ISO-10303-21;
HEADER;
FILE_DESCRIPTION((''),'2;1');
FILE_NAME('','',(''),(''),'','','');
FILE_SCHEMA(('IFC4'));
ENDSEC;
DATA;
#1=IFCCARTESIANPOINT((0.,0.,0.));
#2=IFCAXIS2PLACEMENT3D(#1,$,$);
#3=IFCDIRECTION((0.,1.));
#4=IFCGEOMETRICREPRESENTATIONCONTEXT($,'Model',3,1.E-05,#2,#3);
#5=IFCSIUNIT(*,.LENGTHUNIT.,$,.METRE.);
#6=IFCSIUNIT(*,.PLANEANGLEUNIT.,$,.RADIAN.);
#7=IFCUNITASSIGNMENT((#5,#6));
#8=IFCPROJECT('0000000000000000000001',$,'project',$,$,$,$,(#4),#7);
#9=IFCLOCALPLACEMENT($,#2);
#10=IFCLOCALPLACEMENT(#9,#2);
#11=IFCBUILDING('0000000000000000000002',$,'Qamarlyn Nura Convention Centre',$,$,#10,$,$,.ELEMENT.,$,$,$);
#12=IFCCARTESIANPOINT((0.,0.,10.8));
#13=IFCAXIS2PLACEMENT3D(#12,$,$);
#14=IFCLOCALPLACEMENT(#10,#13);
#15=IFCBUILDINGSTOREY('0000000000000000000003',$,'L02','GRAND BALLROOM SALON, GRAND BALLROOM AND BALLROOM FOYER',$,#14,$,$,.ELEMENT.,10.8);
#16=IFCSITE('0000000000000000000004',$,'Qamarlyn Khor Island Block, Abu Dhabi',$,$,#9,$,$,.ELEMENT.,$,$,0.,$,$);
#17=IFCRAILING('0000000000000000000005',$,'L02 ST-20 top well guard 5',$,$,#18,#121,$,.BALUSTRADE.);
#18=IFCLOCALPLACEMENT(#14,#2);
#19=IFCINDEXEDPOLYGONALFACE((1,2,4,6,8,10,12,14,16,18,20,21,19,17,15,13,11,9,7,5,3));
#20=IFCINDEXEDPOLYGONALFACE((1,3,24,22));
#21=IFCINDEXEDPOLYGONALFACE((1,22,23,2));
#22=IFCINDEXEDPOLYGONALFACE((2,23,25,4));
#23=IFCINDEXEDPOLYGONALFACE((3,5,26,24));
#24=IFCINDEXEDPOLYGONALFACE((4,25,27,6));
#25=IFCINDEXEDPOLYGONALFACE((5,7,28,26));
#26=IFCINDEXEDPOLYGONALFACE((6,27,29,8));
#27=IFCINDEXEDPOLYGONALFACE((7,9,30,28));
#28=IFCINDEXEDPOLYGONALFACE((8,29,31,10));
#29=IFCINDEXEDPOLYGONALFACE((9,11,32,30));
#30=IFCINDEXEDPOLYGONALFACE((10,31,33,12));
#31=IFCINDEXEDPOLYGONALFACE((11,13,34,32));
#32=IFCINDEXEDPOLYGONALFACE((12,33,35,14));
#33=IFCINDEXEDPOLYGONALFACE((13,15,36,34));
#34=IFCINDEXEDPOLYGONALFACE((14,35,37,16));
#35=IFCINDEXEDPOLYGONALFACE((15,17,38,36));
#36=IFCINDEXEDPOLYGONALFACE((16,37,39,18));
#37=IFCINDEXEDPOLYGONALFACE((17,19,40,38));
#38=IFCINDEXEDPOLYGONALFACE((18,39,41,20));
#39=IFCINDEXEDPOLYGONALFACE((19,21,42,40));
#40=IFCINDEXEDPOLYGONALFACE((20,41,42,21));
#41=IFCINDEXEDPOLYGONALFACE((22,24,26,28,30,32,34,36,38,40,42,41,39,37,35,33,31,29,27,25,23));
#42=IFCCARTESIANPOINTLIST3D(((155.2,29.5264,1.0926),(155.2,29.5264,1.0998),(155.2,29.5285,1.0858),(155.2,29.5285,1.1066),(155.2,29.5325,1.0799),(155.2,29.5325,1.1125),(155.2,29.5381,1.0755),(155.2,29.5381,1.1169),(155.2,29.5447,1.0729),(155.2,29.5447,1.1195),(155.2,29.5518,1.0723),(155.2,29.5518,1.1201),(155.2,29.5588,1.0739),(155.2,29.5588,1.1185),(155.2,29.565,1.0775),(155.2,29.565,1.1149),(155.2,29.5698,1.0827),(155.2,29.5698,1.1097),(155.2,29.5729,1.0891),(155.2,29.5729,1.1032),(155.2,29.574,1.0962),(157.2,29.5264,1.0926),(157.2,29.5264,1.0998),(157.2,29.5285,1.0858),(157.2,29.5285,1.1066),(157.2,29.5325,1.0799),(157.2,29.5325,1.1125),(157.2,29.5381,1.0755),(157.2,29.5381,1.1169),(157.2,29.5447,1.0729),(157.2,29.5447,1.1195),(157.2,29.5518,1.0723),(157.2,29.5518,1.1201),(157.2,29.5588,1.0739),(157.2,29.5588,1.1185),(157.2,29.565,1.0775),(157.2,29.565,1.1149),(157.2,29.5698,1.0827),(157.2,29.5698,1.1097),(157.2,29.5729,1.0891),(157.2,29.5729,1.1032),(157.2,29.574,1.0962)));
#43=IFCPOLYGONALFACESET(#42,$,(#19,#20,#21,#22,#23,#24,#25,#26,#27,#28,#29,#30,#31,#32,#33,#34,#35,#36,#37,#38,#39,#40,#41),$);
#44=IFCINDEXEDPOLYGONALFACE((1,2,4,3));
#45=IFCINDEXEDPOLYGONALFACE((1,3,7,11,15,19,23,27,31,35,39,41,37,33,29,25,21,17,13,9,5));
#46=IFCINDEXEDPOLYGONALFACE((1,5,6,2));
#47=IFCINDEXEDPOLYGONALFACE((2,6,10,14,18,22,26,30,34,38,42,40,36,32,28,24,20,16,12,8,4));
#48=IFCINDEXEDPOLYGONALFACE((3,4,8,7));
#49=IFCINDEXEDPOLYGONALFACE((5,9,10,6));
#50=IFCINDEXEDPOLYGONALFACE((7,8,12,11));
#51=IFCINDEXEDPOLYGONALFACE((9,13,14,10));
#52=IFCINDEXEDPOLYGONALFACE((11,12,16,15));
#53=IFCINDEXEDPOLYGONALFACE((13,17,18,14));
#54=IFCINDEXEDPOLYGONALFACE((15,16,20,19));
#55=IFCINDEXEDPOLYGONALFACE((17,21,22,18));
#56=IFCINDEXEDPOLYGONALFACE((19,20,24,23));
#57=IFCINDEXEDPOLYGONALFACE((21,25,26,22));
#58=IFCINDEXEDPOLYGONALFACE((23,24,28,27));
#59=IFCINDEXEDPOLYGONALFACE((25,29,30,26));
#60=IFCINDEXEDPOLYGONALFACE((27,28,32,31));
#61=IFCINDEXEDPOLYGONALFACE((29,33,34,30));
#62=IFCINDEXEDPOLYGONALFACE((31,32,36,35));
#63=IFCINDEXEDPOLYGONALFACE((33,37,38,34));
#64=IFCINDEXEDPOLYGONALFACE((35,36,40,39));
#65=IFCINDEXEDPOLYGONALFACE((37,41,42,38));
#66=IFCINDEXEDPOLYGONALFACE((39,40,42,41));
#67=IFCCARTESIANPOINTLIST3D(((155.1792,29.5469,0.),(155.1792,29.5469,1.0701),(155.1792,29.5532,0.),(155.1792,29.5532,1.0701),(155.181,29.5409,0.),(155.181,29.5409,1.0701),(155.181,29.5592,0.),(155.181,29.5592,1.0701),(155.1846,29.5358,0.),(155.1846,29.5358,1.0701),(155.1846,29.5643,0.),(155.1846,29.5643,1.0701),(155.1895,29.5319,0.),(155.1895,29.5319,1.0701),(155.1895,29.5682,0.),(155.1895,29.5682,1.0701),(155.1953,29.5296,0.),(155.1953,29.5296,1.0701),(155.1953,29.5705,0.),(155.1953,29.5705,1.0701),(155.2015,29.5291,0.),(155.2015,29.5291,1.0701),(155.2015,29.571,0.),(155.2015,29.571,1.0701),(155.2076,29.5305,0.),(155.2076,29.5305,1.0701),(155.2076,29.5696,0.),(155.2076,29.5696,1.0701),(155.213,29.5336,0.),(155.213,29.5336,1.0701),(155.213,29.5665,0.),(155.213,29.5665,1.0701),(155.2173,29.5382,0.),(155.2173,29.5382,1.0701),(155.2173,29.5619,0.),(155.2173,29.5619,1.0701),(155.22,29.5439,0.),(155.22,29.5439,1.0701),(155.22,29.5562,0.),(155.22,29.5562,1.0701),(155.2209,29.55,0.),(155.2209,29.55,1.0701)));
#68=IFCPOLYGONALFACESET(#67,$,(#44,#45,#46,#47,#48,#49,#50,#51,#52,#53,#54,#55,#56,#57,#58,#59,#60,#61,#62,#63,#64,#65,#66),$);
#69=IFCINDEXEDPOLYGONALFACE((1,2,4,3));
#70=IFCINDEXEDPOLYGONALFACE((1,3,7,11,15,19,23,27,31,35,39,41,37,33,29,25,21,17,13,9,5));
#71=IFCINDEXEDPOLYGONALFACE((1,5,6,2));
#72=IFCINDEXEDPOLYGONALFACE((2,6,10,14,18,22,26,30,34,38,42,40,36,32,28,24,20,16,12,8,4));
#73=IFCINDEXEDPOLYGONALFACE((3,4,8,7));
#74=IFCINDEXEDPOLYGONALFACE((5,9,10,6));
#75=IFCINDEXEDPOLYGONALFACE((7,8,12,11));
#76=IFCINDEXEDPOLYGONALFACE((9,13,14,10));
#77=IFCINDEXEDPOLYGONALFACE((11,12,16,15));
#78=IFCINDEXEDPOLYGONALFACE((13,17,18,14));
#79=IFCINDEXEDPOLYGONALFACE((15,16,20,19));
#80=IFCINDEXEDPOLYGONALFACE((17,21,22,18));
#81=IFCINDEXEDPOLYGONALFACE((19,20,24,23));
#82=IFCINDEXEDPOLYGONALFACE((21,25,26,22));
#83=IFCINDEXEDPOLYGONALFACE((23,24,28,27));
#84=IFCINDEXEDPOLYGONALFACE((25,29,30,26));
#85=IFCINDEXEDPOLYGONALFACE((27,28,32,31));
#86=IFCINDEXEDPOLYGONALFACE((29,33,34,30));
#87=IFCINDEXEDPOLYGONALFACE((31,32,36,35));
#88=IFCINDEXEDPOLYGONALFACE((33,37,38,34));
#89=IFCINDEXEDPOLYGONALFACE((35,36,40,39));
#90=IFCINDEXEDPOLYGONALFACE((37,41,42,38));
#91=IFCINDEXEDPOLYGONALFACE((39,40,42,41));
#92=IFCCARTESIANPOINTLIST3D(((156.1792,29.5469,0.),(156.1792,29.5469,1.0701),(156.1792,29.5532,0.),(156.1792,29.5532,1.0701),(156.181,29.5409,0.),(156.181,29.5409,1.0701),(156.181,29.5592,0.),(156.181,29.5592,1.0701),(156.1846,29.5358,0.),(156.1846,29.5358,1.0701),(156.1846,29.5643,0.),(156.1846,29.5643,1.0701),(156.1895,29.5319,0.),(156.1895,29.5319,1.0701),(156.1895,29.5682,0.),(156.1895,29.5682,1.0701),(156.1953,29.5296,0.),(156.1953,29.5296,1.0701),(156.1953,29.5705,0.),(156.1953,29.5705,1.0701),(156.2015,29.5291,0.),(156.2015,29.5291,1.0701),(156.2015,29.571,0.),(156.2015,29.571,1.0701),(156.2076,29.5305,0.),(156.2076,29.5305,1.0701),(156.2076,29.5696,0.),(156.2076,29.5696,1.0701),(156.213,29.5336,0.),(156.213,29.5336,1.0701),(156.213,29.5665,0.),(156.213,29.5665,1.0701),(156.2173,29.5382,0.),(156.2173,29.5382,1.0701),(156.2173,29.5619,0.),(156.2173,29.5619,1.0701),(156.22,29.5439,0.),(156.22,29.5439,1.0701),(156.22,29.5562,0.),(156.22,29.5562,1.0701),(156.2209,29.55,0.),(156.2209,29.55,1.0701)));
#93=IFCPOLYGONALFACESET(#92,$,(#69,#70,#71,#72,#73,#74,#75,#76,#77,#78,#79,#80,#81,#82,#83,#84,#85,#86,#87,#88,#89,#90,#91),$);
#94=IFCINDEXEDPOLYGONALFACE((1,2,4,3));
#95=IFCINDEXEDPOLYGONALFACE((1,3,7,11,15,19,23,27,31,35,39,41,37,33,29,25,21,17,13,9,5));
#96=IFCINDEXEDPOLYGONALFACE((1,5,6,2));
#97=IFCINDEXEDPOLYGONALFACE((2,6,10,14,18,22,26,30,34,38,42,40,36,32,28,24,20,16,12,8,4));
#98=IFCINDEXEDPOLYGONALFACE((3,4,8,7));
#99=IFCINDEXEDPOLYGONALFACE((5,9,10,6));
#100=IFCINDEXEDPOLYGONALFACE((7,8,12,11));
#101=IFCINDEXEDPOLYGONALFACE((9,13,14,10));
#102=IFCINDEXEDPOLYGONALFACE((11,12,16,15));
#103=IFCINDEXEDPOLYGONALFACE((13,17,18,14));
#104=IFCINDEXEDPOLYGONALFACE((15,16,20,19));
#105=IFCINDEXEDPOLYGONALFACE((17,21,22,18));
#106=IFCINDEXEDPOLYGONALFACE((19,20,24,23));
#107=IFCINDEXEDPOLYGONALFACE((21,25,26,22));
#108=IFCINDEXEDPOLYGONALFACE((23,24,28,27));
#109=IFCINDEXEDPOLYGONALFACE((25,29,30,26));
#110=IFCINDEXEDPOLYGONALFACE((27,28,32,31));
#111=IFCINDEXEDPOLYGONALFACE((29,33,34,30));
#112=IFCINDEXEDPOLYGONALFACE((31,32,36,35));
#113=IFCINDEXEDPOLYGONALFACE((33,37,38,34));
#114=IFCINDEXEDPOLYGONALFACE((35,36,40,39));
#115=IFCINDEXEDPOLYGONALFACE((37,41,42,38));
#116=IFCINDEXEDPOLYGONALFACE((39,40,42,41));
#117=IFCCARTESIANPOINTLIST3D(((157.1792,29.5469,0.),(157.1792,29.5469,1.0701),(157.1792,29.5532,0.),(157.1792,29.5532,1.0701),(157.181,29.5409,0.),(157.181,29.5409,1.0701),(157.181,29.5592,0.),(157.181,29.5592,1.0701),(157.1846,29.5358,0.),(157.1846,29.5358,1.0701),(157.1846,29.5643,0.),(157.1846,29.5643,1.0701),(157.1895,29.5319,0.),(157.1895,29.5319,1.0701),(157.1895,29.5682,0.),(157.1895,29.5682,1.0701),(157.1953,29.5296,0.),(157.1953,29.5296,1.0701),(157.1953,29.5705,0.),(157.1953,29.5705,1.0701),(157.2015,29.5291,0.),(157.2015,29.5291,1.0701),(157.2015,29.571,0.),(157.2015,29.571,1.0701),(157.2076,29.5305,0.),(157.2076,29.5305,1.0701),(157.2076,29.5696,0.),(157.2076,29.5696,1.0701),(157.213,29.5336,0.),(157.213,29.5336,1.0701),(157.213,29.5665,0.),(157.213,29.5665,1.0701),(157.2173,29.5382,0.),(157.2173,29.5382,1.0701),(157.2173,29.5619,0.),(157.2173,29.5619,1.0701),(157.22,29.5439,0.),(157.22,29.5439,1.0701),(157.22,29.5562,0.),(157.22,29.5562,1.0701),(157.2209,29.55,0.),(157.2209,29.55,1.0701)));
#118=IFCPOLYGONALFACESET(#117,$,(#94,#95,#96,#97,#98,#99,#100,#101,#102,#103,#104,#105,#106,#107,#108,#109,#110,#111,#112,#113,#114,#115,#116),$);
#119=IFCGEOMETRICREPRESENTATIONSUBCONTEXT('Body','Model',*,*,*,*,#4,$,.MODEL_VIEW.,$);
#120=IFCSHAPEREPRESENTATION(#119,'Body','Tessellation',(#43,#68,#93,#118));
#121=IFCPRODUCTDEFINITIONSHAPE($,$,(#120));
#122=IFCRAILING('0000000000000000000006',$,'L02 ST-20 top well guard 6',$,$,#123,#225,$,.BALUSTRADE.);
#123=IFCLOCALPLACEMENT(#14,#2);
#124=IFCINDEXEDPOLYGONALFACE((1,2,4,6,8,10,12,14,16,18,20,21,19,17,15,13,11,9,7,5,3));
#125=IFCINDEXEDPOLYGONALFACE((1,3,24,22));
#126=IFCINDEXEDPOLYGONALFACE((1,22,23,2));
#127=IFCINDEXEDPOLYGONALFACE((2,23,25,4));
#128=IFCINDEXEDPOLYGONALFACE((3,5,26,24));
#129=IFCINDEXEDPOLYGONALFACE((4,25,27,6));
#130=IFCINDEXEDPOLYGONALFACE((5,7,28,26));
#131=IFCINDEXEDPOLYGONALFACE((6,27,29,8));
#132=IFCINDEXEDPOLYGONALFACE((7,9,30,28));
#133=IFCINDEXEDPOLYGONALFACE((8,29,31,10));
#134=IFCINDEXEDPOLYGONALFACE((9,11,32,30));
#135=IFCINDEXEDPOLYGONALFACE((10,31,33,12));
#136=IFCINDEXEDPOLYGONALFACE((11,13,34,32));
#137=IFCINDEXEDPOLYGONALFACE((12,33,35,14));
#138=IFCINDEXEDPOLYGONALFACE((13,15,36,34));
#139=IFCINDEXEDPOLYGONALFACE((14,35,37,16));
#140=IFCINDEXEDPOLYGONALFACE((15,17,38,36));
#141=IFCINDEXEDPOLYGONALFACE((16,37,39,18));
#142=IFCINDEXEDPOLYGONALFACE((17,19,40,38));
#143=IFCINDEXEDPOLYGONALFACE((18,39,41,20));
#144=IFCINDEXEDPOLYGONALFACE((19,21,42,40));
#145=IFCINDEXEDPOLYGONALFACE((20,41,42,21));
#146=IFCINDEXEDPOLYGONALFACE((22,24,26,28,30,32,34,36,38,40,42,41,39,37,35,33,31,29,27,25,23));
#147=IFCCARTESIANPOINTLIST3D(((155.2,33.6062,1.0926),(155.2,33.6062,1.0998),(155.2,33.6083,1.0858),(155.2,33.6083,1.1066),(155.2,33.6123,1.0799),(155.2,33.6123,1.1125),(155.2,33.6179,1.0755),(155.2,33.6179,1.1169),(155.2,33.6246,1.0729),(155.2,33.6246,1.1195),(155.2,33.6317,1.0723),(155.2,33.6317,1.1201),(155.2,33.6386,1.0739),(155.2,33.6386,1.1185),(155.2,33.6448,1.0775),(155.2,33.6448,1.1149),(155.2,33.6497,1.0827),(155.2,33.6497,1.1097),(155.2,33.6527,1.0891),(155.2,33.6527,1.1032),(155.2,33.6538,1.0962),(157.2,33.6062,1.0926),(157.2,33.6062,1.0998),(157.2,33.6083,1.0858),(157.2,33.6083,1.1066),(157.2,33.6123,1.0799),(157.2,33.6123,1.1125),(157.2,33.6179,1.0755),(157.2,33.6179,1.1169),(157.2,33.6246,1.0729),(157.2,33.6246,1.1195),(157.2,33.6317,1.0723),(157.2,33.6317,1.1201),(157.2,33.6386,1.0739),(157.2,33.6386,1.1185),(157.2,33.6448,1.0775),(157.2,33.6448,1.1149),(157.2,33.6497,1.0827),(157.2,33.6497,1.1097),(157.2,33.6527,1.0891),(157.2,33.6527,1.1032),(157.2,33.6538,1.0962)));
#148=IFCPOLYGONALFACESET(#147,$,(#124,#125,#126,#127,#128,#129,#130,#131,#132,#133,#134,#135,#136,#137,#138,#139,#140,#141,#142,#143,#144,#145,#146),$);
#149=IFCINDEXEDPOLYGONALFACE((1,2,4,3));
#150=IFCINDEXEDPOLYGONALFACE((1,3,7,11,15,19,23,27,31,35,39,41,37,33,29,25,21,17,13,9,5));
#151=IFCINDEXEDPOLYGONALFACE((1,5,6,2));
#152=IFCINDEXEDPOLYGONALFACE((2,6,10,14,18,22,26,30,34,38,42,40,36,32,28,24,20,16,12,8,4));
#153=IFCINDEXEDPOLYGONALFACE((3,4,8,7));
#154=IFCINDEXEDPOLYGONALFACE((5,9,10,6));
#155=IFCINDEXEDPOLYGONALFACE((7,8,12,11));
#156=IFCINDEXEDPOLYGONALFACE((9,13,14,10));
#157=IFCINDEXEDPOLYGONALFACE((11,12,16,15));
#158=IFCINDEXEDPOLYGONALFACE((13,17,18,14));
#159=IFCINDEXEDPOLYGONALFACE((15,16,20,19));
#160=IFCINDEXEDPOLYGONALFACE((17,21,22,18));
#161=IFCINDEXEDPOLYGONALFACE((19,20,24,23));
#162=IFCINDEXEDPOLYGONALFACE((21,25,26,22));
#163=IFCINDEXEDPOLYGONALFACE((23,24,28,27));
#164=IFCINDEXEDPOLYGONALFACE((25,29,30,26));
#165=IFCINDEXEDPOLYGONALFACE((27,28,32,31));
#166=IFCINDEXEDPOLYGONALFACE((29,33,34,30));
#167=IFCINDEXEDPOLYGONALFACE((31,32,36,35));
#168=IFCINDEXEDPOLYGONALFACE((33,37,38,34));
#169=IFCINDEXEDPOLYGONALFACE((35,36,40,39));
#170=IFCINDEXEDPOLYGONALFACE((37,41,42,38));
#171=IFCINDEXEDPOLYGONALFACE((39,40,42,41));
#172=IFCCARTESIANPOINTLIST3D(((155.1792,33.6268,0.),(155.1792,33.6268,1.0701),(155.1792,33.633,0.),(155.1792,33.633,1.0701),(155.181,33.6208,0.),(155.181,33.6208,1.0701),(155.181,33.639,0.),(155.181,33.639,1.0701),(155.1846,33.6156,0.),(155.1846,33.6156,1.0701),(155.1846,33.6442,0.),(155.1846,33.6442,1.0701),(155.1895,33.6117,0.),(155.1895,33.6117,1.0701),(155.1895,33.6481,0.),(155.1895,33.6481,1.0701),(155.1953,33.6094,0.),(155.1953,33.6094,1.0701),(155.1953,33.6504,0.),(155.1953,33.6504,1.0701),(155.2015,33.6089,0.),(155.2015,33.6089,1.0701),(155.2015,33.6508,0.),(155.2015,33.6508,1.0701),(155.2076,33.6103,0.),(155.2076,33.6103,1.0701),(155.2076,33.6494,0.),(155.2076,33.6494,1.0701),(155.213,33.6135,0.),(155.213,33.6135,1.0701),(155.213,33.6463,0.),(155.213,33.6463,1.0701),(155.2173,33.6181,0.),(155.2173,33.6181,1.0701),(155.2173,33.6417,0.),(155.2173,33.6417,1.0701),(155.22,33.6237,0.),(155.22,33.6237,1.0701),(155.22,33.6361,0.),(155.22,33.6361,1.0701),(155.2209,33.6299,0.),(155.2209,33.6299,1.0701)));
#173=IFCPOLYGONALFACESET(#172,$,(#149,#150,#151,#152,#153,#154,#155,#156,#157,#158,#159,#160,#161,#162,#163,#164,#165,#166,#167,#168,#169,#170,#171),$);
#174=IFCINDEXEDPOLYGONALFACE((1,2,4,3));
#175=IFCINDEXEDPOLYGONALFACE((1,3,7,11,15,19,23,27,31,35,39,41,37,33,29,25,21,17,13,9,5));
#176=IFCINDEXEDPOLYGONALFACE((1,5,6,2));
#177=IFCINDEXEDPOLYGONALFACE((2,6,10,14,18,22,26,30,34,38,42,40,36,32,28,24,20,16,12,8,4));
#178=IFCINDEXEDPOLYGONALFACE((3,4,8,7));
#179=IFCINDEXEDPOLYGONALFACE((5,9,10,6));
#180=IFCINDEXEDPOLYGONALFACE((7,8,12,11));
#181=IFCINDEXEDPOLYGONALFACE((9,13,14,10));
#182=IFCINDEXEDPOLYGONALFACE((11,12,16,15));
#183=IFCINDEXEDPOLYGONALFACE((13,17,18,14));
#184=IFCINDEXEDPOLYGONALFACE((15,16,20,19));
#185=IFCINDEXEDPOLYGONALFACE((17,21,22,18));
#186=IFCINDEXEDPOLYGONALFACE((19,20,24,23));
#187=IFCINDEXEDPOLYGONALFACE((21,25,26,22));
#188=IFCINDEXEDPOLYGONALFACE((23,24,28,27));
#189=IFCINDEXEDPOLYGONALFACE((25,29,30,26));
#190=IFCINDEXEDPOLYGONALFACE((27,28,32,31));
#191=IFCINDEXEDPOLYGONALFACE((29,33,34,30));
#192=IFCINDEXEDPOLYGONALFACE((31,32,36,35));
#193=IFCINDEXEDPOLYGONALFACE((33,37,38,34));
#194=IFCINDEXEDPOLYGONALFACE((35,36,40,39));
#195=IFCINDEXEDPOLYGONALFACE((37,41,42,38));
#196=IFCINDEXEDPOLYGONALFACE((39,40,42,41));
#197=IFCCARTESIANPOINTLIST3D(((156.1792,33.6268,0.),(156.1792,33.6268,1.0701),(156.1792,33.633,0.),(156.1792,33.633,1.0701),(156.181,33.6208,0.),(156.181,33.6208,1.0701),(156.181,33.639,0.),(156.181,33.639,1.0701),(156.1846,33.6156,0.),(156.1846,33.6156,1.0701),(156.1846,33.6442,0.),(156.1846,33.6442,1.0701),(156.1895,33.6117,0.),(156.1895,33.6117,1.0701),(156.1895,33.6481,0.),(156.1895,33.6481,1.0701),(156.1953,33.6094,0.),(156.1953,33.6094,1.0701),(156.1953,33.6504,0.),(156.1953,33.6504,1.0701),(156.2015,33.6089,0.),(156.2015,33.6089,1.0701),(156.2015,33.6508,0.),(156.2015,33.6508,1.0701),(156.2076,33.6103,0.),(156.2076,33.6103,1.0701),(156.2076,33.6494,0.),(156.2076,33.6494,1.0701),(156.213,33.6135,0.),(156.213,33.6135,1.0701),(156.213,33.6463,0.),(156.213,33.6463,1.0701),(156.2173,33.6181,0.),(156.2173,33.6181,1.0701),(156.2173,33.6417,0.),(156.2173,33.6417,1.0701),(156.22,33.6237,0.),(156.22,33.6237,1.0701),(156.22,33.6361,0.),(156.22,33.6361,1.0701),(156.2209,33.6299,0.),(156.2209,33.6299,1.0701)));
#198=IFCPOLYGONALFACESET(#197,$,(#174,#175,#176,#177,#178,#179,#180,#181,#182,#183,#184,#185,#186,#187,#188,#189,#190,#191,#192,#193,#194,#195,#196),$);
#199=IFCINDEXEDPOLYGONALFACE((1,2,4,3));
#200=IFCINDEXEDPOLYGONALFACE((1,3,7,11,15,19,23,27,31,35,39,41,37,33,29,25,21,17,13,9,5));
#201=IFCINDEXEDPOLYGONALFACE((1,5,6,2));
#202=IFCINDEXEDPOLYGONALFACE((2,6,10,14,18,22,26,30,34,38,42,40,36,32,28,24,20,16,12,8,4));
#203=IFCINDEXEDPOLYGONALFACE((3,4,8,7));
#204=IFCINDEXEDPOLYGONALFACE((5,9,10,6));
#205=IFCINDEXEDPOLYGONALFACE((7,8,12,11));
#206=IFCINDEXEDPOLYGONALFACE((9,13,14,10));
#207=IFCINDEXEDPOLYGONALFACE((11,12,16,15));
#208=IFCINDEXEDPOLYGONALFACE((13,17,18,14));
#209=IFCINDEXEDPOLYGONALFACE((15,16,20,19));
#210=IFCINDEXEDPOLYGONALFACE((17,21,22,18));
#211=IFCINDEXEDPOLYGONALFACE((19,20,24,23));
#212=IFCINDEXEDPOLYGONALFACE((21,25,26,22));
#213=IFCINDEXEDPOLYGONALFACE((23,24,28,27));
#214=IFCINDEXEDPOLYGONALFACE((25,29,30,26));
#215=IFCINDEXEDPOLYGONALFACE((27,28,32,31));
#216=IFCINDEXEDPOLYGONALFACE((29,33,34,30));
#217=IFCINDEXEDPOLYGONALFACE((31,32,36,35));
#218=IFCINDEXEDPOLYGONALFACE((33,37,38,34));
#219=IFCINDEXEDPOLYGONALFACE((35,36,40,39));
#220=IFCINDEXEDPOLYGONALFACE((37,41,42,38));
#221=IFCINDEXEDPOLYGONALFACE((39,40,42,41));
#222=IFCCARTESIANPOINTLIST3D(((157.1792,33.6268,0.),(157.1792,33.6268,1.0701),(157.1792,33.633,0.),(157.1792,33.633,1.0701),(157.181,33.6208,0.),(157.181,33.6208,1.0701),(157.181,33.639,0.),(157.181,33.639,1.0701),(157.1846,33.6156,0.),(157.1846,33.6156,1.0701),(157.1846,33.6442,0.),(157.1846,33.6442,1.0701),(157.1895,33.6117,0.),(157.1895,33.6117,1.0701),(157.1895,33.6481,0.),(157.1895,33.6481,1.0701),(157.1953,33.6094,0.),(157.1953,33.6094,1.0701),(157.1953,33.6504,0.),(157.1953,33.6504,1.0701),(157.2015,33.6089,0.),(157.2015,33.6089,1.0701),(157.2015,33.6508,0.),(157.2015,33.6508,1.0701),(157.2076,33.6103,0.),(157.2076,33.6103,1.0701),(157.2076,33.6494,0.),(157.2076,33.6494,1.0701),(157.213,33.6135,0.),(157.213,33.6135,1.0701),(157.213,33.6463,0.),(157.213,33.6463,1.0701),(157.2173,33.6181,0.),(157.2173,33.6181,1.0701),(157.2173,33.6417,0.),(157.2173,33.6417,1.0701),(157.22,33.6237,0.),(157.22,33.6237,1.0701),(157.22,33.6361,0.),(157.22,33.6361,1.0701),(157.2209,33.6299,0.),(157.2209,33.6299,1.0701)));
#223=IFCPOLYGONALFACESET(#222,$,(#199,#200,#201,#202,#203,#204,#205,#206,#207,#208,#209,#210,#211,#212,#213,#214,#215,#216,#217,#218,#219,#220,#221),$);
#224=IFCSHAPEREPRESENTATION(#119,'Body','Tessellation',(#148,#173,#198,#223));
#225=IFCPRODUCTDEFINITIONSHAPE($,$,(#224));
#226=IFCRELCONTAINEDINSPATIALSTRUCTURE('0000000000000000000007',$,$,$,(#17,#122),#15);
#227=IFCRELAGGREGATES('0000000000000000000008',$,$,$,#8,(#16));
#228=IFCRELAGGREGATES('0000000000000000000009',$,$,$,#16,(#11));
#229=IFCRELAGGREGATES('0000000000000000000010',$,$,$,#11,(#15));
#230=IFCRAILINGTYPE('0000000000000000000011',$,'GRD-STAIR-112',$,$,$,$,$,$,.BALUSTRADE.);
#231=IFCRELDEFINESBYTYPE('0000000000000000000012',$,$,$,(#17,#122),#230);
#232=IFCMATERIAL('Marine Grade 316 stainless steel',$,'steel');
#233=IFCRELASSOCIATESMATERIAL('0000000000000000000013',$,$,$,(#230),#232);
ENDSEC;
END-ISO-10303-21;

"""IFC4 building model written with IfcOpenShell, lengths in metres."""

from ifc_helpers import new_model, si_unit, direction, frame, origin, origin_2d, place, context, subcontext, project, spatial, circle, extrude, material, type_object, element, save


model = new_model("IFC4")

# Units and contexts
model_context = context("Model", 3, precision=1e-05, world=origin(), true_north=direction((0.0, 1.0)))
body_context = subcontext(model_context, "Body", "Model", "MODEL_VIEW")
ifc_project = project(units=[si_unit("LENGTHUNIT", "METRE"), si_unit("PLANEANGLEUNIT", "RADIAN")], contexts=[model_context])

# Site, building, storey
site_placement = place(None, origin())
site = spatial("IfcSite", under=ifc_project, at=site_placement, Name="Qamarlyn Khor Island Block, Abu Dhabi", CompositionType="ELEMENT", RefElevation=0.0)
building_placement = place(site_placement, origin())
building = spatial("IfcBuilding", under=site, at=building_placement, Name="Qamarlyn Nura Convention Centre", CompositionType="ELEMENT")
storey_placement = place(building_placement, frame((0.0, 0.0, 10.8)))
storey = spatial("IfcBuildingStorey", under=building, at=storey_placement, Name="L02", Description="GRAND BALLROOM SALON, GRAND BALLROOM AND BALLROOM FOYER", CompositionType="ELEMENT", Elevation=10.8)

# Railings
ifc_material_1 = material(Name="Marine Grade 316 stainless steel", Category="steel")
railing_type = type_object("IfcRailingType", Name="GRD-STAIR-112", PredefinedType="BALUSTRADE", material=ifc_material_1)
for number, where, name in (
    (1, (155.2, 29.55, 0.0), "L02 ST-20 top well guard 5"),
    (2, (155.2, 33.6299, 0.0), "L02 ST-20 top well guard 6"),
):
    element("IfcRailing", number, at=place(storey_placement, frame(where)), inside=storey, type_object=railing_type, Name=name, PredefinedType="BALUSTRADE", context=body_context, shape_type="SweptSolid", body=[
        extrude(circle(Radius=0.0239, at=origin_2d()), frame((0.0, 0.0, 1.0962), z_axis=(1.0, 0.0, 0.0), x_axis=(0.0, 1.0, 0.0)), (0.0, 0.0, 1.0), 2.0),
        extrude(circle(Radius=0.021, at=origin_2d()), origin(), (0.0, 0.0, 1.0), 1.0701),
        extrude(circle(Radius=0.021, at=origin_2d()), frame((1.0, 0.0, 0.0)), (0.0, 0.0, 1.0), 1.0701),
        extrude(circle(Radius=0.021, at=origin_2d()), frame((2.0, 0.0, 0.0)), (0.0, 0.0, 1.0), 1.0701),
    ])

save(model, "model.ifc")
